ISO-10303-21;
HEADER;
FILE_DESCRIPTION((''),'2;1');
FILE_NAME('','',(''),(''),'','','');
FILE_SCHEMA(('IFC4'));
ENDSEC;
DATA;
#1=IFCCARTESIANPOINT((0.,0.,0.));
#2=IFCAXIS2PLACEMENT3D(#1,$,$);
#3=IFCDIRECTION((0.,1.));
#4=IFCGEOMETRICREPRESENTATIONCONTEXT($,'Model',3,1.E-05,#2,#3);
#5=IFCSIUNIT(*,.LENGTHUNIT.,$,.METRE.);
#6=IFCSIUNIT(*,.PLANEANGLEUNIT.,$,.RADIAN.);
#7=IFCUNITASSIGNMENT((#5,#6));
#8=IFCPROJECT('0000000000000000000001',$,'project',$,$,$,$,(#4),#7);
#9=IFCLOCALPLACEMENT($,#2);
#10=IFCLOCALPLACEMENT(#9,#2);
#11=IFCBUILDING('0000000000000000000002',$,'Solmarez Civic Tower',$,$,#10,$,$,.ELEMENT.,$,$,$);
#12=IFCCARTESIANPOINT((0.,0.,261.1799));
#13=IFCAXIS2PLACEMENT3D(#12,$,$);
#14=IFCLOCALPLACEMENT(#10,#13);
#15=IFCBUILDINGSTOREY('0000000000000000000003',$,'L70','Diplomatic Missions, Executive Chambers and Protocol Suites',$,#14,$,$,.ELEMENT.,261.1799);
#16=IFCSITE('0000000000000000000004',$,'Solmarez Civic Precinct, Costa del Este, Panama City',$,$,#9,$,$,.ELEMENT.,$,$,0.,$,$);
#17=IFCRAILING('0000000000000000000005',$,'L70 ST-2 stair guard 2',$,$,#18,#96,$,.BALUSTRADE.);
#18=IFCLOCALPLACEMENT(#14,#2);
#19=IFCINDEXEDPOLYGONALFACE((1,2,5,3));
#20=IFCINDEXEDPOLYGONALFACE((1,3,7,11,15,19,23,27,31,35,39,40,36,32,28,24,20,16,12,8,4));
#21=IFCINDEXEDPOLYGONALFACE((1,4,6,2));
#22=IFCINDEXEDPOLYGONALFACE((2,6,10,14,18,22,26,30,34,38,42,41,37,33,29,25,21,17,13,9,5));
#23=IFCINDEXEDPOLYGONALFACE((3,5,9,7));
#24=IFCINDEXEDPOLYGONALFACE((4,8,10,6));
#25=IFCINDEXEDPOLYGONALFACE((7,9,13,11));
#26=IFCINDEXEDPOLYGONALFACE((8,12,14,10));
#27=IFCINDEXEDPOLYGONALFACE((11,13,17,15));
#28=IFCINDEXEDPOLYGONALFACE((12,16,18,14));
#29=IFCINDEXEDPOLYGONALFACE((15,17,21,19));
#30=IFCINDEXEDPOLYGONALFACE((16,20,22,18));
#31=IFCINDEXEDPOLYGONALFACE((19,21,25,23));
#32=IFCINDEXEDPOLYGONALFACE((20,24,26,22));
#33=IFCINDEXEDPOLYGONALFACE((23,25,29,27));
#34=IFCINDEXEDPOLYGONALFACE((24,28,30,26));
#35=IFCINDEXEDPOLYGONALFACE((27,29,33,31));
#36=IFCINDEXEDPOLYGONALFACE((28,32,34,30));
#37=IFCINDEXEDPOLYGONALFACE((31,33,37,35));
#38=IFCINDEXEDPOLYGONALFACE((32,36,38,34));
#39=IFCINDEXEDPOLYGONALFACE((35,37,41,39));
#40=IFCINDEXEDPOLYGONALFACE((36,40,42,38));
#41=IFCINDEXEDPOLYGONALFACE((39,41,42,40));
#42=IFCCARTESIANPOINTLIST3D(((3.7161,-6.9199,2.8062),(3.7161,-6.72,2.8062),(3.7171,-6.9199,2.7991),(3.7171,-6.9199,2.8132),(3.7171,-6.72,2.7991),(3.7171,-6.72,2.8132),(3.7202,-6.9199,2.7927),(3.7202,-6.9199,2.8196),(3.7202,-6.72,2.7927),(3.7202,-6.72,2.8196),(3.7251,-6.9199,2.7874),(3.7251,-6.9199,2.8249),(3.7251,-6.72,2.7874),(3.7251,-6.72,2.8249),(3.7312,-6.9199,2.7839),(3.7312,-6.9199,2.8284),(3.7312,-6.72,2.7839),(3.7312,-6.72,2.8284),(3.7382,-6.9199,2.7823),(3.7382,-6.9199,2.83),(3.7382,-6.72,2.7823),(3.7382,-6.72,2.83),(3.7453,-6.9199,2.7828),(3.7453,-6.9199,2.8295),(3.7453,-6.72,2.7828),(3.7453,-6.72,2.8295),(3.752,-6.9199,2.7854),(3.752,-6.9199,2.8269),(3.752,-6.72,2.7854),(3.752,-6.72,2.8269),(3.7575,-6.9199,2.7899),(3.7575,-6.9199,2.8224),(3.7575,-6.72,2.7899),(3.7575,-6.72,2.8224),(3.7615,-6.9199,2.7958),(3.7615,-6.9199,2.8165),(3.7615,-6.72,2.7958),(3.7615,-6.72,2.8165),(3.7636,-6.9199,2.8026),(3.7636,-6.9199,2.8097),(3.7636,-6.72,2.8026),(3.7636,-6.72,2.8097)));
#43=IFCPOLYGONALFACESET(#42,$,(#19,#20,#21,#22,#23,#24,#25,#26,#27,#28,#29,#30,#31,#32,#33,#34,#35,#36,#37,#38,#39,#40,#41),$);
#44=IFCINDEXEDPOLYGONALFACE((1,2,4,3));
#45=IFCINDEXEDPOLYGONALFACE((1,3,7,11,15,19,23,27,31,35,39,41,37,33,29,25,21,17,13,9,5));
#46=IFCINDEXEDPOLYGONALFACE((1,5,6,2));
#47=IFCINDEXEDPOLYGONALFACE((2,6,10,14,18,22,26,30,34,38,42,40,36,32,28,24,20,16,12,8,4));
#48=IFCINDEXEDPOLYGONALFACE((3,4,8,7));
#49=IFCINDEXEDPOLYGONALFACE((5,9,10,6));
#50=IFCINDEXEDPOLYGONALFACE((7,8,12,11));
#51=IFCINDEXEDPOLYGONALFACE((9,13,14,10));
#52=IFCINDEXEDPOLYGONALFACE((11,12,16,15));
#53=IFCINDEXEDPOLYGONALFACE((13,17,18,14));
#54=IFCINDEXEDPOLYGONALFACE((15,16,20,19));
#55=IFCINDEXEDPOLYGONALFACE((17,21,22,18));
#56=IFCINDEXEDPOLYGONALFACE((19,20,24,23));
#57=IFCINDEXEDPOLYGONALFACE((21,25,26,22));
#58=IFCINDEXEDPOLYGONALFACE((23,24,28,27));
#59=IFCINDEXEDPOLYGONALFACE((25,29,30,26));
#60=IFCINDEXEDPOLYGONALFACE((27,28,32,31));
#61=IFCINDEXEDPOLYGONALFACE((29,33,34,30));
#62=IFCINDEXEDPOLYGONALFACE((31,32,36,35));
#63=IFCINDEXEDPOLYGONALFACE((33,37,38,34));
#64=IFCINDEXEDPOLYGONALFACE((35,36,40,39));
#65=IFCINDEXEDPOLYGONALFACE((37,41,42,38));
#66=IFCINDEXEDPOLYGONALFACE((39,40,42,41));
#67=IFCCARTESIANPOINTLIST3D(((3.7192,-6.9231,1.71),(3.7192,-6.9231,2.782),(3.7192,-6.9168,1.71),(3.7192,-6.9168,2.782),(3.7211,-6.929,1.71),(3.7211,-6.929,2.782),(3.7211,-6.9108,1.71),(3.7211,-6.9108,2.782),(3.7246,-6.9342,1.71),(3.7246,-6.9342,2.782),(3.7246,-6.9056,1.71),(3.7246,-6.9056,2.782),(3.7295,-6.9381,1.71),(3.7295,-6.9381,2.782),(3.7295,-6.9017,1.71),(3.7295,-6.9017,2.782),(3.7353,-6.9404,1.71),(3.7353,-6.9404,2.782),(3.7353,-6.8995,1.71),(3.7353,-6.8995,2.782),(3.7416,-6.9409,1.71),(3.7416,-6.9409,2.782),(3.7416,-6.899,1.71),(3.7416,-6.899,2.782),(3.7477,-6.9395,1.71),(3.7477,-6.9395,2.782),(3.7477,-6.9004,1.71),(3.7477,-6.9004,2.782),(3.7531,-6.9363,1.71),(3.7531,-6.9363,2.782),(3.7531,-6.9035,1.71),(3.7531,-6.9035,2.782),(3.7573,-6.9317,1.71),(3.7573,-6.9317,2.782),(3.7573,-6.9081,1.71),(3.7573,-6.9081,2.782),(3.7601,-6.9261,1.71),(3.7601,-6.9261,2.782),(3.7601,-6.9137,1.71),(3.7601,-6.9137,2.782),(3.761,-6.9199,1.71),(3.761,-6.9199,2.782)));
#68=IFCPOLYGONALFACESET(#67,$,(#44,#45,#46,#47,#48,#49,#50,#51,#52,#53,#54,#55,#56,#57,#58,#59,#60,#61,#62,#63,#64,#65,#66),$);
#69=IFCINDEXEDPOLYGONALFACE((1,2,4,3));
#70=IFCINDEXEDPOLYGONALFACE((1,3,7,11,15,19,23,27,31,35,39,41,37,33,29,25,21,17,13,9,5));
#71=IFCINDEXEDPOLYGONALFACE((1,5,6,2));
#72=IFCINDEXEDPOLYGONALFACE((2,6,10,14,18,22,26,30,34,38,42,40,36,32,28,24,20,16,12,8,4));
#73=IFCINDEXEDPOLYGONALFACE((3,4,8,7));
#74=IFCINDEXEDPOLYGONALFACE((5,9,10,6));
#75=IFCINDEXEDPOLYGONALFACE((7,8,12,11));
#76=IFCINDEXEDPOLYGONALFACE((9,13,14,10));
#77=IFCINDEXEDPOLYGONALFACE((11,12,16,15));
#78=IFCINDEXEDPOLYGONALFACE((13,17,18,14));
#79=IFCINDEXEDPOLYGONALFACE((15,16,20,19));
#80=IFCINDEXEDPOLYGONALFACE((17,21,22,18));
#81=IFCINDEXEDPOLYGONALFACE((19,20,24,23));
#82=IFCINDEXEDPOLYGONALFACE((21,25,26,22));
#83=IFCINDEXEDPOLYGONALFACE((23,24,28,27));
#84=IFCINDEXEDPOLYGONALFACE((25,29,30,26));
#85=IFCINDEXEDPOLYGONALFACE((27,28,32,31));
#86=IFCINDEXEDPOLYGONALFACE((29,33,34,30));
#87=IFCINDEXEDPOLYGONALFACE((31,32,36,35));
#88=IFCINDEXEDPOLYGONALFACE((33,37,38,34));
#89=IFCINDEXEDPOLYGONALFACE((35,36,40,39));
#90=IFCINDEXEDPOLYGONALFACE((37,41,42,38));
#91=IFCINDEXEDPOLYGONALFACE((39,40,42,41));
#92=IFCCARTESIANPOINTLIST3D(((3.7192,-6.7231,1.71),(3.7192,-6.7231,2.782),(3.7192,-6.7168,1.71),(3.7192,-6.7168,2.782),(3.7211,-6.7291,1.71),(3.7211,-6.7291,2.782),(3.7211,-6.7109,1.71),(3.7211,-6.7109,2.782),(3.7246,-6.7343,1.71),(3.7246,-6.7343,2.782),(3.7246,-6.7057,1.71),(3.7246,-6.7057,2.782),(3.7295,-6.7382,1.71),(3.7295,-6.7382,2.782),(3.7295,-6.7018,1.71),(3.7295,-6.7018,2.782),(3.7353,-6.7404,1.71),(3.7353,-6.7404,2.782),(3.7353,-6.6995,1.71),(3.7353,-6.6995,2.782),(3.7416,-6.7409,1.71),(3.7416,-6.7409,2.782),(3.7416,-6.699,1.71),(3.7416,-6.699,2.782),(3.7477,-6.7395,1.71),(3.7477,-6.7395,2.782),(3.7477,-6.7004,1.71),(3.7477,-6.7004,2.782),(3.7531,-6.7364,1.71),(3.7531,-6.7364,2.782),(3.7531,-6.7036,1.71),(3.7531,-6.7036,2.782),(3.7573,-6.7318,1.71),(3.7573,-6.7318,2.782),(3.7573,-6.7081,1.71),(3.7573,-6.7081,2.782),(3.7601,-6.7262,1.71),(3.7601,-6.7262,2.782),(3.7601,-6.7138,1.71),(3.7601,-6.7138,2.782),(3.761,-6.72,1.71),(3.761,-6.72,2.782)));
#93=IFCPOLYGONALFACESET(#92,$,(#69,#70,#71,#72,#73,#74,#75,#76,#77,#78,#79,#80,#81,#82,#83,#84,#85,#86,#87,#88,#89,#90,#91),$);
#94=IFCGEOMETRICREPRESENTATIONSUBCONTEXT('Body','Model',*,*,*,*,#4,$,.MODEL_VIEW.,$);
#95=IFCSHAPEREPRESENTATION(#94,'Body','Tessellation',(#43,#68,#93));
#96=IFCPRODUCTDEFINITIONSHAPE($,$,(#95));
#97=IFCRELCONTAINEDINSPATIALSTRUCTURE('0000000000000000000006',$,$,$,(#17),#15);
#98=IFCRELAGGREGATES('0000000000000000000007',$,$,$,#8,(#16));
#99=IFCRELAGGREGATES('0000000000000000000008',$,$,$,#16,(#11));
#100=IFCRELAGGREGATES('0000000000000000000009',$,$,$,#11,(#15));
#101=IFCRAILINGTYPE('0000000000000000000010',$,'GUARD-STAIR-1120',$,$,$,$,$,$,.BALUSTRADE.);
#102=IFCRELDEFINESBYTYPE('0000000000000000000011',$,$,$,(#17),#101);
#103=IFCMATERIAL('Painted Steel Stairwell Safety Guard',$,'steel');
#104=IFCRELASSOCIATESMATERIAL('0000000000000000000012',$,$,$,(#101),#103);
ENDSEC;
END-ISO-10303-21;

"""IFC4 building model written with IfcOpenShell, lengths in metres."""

from ifc_helpers import new_model, si_unit, direction, frame, origin, origin_2d, place, context, subcontext, project, spatial, circle, extrude, material, type_object, element, save


model = new_model("IFC4")

# Units and contexts
model_context = context("Model", 3, precision=1e-05, world=origin(), true_north=direction((0.0, 1.0)))
body_context = subcontext(model_context, "Body", "Model", "MODEL_VIEW")
ifc_project = project(units=[si_unit("LENGTHUNIT", "METRE"), si_unit("PLANEANGLEUNIT", "RADIAN")], contexts=[model_context])

# Site, building, storey
site_placement = place(None, origin())
site = spatial("IfcSite", under=ifc_project, at=site_placement, Name="Solmarez Civic Precinct, Costa del Este, Panama City", CompositionType="ELEMENT", RefElevation=0.0)
building_placement = place(site_placement, origin())
building = spatial("IfcBuilding", under=site, at=building_placement, Name="Solmarez Civic Tower", CompositionType="ELEMENT")
storey_placement = place(building_placement, frame((0.0, 0.0, 261.1799)))
storey = spatial("IfcBuildingStorey", under=building, at=storey_placement, Name="L70", Description="Diplomatic Missions, Executive Chambers and Protocol Suites", CompositionType="ELEMENT", Elevation=261.1799)

# Railing
ifc_material_1 = material(Name="Painted Steel Stairwell Safety Guard", Category="steel")
railing_type = type_object("IfcRailingType", Name="GUARD-STAIR-1120", PredefinedType="BALUSTRADE", material=ifc_material_1)
railing_1_placement = place(storey_placement, frame((3.74, -6.9199, 1.71)))
element("IfcRailing", 1, at=railing_1_placement, inside=storey, type_object=railing_type, Name="L70 ST-2 stair guard 2", PredefinedType="BALUSTRADE", context=body_context, shape_type="SweptSolid", body=[
    extrude(circle(Radius=0.0239, at=origin_2d()), frame((0.0, 0.0, 1.0962), z_axis=(0.0, 1.0, 0.0), x_axis=(-1.0, 0.0, 0.0)), (0.0, 0.0, 1.0), 0.2),
    extrude(circle(Radius=0.021, at=origin_2d()), origin(), (0.0, 0.0, 1.0), 1.072),
    extrude(circle(Radius=0.021, at=origin_2d()), frame((0.0, 0.2, 0.0)), (0.0, 0.0, 1.0), 1.072),
])

save(model, "model.ifc")
